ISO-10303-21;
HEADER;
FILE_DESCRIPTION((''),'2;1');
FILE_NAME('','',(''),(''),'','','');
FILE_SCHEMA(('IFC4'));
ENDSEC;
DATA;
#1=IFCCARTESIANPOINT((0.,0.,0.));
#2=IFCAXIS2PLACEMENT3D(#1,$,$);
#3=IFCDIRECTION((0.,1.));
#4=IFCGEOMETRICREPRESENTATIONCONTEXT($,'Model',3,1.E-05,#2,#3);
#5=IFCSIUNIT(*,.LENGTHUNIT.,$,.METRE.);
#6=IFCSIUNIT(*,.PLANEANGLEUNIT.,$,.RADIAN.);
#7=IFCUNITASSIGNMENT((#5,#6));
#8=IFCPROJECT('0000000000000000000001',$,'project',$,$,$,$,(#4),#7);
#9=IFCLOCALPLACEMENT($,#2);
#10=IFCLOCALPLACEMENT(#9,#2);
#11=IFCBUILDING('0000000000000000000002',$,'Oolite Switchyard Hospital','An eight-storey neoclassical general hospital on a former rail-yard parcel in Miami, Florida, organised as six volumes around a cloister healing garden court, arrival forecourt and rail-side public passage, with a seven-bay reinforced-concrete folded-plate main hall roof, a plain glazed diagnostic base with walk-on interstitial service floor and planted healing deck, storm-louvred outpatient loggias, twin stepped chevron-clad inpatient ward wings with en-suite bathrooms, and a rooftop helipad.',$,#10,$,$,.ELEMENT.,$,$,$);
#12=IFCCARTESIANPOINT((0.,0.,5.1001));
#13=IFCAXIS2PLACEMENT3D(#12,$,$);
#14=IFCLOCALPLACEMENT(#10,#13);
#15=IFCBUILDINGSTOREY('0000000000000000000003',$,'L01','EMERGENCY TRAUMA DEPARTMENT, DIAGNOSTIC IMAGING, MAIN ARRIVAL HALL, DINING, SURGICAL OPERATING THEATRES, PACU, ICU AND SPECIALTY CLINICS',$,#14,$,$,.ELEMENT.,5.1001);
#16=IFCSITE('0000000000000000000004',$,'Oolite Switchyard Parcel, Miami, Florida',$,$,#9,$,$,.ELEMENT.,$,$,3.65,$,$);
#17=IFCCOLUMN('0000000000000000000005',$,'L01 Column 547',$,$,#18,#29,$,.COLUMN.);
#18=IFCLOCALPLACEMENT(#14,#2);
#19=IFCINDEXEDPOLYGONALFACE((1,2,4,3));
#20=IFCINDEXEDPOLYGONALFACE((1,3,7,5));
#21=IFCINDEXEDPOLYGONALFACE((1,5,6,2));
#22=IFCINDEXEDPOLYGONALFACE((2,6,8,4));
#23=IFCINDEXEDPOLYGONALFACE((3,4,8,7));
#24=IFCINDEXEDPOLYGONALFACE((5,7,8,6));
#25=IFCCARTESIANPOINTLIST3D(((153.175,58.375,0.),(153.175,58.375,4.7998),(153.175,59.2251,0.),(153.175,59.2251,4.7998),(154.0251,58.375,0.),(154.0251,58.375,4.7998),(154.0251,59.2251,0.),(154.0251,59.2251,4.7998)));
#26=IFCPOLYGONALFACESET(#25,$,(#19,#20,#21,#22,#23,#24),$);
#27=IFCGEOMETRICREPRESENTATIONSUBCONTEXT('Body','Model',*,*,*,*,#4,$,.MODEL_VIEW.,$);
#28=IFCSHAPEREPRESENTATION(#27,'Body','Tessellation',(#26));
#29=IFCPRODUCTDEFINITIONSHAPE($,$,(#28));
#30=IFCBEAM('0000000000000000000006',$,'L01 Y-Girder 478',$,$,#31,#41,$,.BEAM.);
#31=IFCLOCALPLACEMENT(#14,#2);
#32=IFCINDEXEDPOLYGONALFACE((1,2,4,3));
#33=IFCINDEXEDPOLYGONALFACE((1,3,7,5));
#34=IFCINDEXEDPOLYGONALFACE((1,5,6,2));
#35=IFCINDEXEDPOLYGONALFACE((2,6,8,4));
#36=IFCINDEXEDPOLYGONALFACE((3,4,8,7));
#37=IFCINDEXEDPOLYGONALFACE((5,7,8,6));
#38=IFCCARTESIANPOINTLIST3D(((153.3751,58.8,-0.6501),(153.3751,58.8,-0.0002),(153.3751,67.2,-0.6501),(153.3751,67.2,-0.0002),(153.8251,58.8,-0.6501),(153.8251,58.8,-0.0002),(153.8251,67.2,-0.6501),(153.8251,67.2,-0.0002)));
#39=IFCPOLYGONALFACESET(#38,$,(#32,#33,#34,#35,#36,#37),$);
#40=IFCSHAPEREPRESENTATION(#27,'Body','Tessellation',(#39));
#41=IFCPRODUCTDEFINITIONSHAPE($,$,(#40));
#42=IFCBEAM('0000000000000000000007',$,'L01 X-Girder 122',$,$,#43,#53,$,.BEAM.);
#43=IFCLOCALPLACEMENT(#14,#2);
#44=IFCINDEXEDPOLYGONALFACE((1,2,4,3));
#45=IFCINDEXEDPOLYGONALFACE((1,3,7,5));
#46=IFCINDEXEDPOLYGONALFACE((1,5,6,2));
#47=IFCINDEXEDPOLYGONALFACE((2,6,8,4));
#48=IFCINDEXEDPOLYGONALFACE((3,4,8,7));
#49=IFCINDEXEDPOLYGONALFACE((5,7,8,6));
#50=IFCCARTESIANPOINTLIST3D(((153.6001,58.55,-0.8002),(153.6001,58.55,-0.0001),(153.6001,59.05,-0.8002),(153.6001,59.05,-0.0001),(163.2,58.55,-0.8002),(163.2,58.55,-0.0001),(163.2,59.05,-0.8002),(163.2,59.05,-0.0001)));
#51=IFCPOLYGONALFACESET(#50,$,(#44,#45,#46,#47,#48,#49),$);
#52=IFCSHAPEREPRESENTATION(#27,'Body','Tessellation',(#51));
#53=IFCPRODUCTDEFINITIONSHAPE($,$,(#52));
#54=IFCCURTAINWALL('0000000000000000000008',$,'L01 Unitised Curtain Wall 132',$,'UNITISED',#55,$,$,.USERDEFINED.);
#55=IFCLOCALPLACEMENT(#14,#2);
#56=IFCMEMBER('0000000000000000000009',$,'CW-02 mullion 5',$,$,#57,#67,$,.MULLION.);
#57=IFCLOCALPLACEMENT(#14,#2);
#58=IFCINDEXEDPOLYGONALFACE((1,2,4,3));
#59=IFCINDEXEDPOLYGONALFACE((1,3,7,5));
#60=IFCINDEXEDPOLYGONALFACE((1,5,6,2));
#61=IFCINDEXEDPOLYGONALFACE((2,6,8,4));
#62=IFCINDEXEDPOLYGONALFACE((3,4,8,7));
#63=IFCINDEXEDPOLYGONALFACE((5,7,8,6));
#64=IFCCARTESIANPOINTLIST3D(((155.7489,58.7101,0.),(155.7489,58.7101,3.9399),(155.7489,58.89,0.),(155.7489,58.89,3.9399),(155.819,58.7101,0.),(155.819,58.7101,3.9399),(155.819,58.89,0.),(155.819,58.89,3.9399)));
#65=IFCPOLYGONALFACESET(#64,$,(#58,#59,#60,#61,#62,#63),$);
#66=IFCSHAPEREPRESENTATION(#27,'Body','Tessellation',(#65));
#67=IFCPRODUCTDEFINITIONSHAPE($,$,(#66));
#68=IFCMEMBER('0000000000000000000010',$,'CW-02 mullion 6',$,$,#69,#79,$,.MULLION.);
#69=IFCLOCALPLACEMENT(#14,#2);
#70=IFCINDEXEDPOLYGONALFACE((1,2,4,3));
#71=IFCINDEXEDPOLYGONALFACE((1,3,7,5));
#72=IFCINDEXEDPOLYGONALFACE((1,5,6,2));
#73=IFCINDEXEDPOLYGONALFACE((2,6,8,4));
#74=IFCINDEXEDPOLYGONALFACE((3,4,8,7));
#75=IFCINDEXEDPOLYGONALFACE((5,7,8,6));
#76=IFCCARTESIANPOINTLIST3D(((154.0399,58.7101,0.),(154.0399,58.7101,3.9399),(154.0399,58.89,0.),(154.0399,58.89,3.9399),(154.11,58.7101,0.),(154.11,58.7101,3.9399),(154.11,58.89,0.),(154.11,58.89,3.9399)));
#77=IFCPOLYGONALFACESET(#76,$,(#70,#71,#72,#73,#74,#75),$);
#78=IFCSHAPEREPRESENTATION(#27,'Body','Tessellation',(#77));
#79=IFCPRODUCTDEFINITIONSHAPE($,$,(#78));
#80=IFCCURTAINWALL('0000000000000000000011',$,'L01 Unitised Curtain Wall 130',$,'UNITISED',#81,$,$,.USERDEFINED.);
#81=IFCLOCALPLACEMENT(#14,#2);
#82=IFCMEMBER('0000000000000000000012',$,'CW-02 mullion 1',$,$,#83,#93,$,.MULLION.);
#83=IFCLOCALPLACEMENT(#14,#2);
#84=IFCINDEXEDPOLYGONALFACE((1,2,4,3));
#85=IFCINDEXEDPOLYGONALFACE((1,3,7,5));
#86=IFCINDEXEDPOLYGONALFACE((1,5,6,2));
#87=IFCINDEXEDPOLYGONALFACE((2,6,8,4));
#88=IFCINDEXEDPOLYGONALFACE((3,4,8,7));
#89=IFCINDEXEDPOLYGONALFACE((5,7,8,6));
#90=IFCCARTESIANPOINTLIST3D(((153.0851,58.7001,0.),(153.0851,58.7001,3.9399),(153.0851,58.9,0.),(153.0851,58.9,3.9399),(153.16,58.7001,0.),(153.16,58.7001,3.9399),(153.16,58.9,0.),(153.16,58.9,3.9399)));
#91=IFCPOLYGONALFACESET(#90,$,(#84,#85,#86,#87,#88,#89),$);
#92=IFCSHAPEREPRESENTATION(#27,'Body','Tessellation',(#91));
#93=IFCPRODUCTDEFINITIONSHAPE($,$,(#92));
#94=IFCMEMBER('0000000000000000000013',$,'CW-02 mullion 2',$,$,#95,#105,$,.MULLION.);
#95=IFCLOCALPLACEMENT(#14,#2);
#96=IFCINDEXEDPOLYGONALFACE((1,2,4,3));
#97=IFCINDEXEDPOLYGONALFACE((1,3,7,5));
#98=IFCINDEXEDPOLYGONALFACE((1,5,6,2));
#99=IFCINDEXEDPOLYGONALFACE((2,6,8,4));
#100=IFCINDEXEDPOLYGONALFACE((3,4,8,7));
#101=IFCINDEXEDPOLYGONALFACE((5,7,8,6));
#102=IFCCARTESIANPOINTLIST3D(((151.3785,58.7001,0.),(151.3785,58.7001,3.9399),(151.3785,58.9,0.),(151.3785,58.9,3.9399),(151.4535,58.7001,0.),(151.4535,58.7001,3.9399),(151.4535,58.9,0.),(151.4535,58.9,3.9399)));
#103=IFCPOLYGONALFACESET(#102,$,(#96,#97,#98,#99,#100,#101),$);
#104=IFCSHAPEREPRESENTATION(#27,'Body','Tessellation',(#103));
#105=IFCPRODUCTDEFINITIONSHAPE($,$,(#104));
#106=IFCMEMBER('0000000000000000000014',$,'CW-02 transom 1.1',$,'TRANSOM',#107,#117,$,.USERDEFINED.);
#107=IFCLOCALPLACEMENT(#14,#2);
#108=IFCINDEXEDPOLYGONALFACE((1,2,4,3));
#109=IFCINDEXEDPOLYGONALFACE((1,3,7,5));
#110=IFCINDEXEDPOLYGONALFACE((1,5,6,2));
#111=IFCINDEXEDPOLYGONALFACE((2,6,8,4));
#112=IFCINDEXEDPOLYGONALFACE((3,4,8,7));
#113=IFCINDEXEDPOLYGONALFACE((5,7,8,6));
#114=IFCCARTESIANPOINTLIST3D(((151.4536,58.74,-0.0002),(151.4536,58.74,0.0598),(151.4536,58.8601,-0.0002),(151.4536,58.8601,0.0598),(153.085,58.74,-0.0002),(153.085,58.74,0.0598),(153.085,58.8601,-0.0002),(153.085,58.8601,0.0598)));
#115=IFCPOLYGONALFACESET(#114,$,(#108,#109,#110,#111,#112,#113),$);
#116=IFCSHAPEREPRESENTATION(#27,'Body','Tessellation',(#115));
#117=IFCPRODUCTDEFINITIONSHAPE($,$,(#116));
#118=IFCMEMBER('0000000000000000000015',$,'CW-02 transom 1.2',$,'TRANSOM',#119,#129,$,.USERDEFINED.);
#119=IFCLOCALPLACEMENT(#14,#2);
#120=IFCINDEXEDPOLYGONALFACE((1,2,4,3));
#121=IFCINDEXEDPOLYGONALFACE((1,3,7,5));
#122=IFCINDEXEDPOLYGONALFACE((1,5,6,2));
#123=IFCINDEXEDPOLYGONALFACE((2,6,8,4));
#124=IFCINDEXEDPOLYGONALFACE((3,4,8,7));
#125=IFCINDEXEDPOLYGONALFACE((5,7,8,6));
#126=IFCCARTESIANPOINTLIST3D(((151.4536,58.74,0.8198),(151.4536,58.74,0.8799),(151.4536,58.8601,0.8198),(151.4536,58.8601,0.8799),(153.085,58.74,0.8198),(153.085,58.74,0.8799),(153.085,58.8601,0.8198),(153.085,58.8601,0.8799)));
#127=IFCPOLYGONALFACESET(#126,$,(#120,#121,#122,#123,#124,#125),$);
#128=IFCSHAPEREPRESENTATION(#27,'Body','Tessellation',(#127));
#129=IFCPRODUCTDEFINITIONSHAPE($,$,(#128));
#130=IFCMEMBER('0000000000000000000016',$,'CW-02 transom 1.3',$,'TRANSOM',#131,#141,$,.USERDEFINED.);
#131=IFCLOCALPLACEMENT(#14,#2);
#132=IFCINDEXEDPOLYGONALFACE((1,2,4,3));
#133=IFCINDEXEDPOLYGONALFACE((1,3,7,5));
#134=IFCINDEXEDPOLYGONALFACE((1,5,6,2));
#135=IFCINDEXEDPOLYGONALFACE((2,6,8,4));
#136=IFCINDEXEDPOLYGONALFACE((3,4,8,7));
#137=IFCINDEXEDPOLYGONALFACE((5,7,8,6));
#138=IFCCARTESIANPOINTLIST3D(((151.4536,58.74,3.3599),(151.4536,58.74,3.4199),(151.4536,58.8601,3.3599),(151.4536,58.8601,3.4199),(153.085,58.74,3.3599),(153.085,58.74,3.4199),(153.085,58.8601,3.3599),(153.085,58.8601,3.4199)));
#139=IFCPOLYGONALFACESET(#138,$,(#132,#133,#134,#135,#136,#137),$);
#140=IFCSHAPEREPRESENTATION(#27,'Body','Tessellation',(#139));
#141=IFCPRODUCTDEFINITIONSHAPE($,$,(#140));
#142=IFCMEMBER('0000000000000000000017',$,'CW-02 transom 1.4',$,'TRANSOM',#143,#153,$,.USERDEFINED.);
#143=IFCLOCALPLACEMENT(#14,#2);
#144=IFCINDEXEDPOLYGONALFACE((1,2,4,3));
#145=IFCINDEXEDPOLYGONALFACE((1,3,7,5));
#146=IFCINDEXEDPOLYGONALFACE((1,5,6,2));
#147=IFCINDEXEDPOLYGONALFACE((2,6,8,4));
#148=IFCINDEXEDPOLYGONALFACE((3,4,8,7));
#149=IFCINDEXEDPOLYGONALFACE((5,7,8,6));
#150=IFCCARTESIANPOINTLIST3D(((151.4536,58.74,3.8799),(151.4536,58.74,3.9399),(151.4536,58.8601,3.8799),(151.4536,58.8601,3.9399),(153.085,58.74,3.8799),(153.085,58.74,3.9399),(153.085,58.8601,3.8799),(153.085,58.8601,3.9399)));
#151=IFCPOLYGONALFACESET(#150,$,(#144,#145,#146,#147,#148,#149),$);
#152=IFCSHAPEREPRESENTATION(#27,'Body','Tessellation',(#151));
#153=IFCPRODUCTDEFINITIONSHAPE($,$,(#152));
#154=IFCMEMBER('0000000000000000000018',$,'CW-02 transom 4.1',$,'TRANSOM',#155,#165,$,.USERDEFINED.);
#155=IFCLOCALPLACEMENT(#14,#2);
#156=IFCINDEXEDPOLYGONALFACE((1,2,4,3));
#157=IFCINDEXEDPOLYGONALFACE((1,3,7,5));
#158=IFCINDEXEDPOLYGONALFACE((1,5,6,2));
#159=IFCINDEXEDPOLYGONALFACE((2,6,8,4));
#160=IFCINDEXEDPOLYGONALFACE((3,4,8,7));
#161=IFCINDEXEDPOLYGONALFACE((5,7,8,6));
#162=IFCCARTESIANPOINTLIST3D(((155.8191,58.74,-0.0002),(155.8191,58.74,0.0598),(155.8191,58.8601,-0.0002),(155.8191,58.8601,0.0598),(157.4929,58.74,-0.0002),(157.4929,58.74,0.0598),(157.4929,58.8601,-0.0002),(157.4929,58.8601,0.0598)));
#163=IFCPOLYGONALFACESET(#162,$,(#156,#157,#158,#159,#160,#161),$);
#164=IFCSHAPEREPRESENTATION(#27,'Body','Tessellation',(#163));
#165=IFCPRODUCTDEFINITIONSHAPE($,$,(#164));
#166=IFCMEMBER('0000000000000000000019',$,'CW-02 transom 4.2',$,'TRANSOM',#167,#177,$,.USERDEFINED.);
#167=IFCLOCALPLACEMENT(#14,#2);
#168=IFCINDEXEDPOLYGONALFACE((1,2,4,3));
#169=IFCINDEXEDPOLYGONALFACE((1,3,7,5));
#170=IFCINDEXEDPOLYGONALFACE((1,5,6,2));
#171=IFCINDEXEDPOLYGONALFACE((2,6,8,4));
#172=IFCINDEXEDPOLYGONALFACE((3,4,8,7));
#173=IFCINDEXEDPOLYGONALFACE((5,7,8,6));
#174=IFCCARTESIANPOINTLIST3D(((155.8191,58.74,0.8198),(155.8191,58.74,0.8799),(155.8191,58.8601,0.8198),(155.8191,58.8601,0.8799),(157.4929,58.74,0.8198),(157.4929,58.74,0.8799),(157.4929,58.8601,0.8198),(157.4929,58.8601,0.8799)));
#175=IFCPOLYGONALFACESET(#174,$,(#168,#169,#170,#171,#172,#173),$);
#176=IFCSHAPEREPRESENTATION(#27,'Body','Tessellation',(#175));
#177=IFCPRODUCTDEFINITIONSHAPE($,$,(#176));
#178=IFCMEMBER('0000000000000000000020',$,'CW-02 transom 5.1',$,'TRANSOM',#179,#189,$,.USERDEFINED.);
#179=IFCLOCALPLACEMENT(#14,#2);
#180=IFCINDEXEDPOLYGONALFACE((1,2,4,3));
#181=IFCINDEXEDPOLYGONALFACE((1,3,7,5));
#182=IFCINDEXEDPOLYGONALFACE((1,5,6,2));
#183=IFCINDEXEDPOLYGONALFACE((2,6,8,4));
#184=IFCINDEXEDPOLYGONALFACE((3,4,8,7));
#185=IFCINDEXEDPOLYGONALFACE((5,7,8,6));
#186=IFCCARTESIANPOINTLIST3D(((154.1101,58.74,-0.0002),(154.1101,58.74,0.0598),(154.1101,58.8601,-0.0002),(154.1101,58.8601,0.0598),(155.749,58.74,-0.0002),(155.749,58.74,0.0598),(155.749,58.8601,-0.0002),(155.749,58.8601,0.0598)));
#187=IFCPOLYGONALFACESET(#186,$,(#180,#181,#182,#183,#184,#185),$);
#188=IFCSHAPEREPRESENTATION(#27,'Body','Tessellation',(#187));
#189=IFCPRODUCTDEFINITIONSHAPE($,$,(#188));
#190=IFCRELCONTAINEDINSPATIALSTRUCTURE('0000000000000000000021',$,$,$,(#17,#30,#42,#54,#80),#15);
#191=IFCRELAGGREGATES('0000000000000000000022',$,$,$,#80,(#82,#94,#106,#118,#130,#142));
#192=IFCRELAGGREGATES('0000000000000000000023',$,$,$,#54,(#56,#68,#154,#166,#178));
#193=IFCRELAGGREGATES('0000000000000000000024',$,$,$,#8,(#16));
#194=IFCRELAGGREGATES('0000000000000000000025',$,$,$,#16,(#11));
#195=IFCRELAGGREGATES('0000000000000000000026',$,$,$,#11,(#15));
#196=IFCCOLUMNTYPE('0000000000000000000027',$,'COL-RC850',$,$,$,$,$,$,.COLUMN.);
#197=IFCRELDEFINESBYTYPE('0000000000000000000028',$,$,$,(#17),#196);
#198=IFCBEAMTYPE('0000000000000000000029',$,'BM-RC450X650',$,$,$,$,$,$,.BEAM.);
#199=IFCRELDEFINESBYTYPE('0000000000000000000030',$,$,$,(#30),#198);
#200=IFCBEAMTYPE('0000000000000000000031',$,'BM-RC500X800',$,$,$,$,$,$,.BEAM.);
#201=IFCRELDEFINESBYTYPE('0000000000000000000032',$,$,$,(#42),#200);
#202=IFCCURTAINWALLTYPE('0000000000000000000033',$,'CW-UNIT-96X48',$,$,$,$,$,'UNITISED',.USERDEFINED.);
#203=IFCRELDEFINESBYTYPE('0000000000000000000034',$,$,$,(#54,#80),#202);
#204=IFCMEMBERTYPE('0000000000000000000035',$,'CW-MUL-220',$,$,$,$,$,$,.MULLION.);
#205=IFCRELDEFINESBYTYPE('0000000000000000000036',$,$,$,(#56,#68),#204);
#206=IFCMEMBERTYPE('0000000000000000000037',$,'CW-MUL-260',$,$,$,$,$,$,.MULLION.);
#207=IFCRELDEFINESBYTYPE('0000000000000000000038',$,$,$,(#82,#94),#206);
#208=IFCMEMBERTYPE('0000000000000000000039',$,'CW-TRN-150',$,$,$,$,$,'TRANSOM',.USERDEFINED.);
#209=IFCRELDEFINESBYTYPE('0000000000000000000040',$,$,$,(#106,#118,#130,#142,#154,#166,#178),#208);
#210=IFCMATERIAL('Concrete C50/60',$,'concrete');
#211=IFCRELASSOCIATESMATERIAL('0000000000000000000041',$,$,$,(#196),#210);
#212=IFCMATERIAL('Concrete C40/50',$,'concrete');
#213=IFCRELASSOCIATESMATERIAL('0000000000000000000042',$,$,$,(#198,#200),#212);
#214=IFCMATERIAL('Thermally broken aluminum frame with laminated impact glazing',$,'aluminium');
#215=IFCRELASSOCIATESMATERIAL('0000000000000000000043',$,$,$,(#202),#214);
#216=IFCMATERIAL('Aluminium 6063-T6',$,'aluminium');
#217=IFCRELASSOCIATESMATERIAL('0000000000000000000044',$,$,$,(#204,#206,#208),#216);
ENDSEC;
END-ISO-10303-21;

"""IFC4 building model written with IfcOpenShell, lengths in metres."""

from ifc_helpers import new_model, si_unit, direction, frame, origin, origin_2d, place, context, subcontext, project, spatial, rectangle, extrude, material, material_profile, profile_set, type_object, element, aggregate, save


model = new_model("IFC4")

# Units and contexts
model_context = context("Model", 3, precision=1e-05, world=origin(), true_north=direction((0.0, 1.0)))
body_context = subcontext(model_context, "Body", "Model", "MODEL_VIEW")
ifc_project = project(units=[si_unit("LENGTHUNIT", "METRE"), si_unit("PLANEANGLEUNIT", "RADIAN")], contexts=[model_context])

# Site, building, storey
site_placement = place(None, origin())
site = spatial("IfcSite", under=ifc_project, at=site_placement, Name="Oolite Switchyard Parcel, Miami, Florida", CompositionType="ELEMENT", RefElevation=3.65)
building_placement = place(site_placement, origin())
building = spatial("IfcBuilding", under=site, at=building_placement, Name="Oolite Switchyard Hospital", Description="An eight-storey neoclassical general hospital on a former rail-yard parcel in Miami, Florida, organised as six volumes around a cloister healing garden court, arrival forecourt and rail-side public passage, with a seven-bay reinforced-concrete folded-plate main hall roof, a plain glazed diagnostic base with walk-on interstitial service floor and planted healing deck, storm-louvred outpatient loggias, twin stepped chevron-clad inpatient ward wings with en-suite bathrooms, and a rooftop helipad.", CompositionType="ELEMENT")
storey_placement = place(building_placement, frame((0.0, 0.0, 5.1001)))
storey = spatial("IfcBuildingStorey", under=building, at=storey_placement, Name="L01", Description="EMERGENCY TRAUMA DEPARTMENT, DIAGNOSTIC IMAGING, MAIN ARRIVAL HALL, DINING, SURGICAL OPERATING THEATRES, PACU, ICU AND SPECIALTY CLINICS", CompositionType="ELEMENT", Elevation=5.1001)

# Column
ifc_material_1 = material(Name="Concrete C50/60", Category="concrete")
ifc_material_profile_1 = material_profile(ifc_material_1, rectangle(XDim=0.8501, YDim=0.8501, at=origin_2d()), Name="RC850X850")
ifc_profile_set_1 = profile_set([ifc_material_profile_1], Name="Concrete C50/60")
column_type = type_object("IfcColumnType", Name="COL-RC850", PredefinedType="COLUMN", material=ifc_profile_set_1)
column_placement = place(storey_placement, frame((153.6001, 58.8, 0.0), z_axis=(0.0, 0.0, 1.0), x_axis=(1.0, 0.0, 0.0)))
element("IfcColumn", 1, at=column_placement, inside=storey, type_object=column_type, Name="L01 Column 547", PredefinedType="COLUMN", context=body_context, shape_type="SweptSolid", body=[
    extrude(rectangle(XDim=0.8501, YDim=0.8501, at=origin_2d()), origin(), (0.0, 0.0, 1.0), 4.7998),
])

# Beams
ifc_material_2 = material(Name="Concrete C40/50", Category="concrete")
ifc_material_profile_2 = material_profile(ifc_material_2, rectangle(XDim=0.45, YDim=0.6499, at=origin_2d()), Name="RCB450X650")
ifc_profile_set_2 = profile_set([ifc_material_profile_2], Name="Concrete C40/50")
beam_type_1 = type_object("IfcBeamType", Name="BM-RC450X650", PredefinedType="BEAM", material=ifc_profile_set_2)
beam_1_placement = place(storey_placement, frame((153.6001, 58.8, -0.3252), z_axis=(0.0, 1.0, 0.0), x_axis=(-1.0, 0.0, 0.0)))
element("IfcBeam", 2, at=beam_1_placement, inside=storey, type_object=beam_type_1, Name="L01 Y-Girder 478", PredefinedType="BEAM", context=body_context, shape_type="SweptSolid", body=[
    extrude(rectangle(XDim=0.45, YDim=0.6499, at=origin_2d()), origin(), (0.0, 0.0, 1.0), 8.3999),
])
ifc_material_profile_3 = material_profile(ifc_material_2, rectangle(XDim=0.5, YDim=0.8, at=origin_2d()), Name="RCB500X800")
ifc_profile_set_3 = profile_set([ifc_material_profile_3], Name="Concrete C40/50")
beam_type_2 = type_object("IfcBeamType", Name="BM-RC500X800", PredefinedType="BEAM", material=ifc_profile_set_3)
beam_2_placement = place(storey_placement, frame((153.6001, 58.8, -0.4001), z_axis=(1.0, 0.0, 0.0), x_axis=(0.0, 1.0, 0.0)))
element("IfcBeam", 3, at=beam_2_placement, inside=storey, type_object=beam_type_2, Name="L01 X-Girder 122", PredefinedType="BEAM", context=body_context, shape_type="SweptSolid", body=[
    extrude(rectangle(XDim=0.5, YDim=0.8, at=origin_2d()), origin(), (0.0, 0.0, 1.0), 9.5999),
])

# Curtain walls, members
ifc_material_3 = material(Name="Thermally broken aluminum frame with laminated impact glazing", Category="aluminium")
curtain_wall_type = type_object("IfcCurtainWallType", Name="CW-UNIT-96X48", ElementType="UNITISED", PredefinedType="USERDEFINED", material=ifc_material_3)
curtain_wall_1_placement = place(storey_placement, origin())
curtain_wall_1 = element("IfcCurtainWall", 4, at=curtain_wall_1_placement, inside=storey, type_object=curtain_wall_type, Name="L01 Unitised Curtain Wall 132", ObjectType="UNITISED", PredefinedType="USERDEFINED")
ifc_material_4 = material(Name="Aluminium 6063-T6", Category="aluminium")
ifc_material_profile_4 = material_profile(ifc_material_4, rectangle(XDim=0.1799, YDim=0.0701, at=origin_2d()), Name="CWM70X180")
ifc_profile_set_4 = profile_set([ifc_material_profile_4], Name="Aluminium 6063-T6")
member_type_1 = type_object("IfcMemberType", Name="CW-MUL-220", PredefinedType="MULLION", material=ifc_profile_set_4)
member_1_placement = place(storey_placement, frame((155.7839, 58.8, 0.0), z_axis=(0.0, 0.0, 1.0), x_axis=(0.0, -1.0, 0.0)))
member_1 = element("IfcMember", 5, at=member_1_placement, type_object=member_type_1, Name="CW-02 mullion 5", PredefinedType="MULLION", context=body_context, shape_type="SweptSolid", body=[
    extrude(rectangle(XDim=0.1799, YDim=0.0701, at=origin_2d()), origin(), (0.0, 0.0, 1.0), 3.9399),
])
member_2_placement = place(storey_placement, frame((154.075, 58.8, 0.0), z_axis=(0.0, 0.0, 1.0), x_axis=(0.0, -1.0, 0.0)))
member_2 = element("IfcMember", 6, at=member_2_placement, type_object=member_type_1, Name="CW-02 mullion 6", PredefinedType="MULLION", context=body_context, shape_type="SweptSolid", body=[
    extrude(rectangle(XDim=0.1799, YDim=0.0701, at=origin_2d()), origin(), (0.0, 0.0, 1.0), 3.9399),
])
curtain_wall_2_placement = place(storey_placement, origin())
curtain_wall_2 = element("IfcCurtainWall", 7, at=curtain_wall_2_placement, inside=storey, type_object=curtain_wall_type, Name="L01 Unitised Curtain Wall 130", ObjectType="UNITISED", PredefinedType="USERDEFINED")
ifc_material_profile_5 = material_profile(ifc_material_4, rectangle(XDim=0.2, YDim=0.075, at=origin_2d()), Name="CWM75X200")
ifc_profile_set_5 = profile_set([ifc_material_profile_5], Name="Aluminium 6063-T6")
member_type_2 = type_object("IfcMemberType", Name="CW-MUL-260", PredefinedType="MULLION", material=ifc_profile_set_5)
member_3_placement = place(storey_placement, frame((153.1226, 58.8, 0.0), z_axis=(0.0, 0.0, 1.0), x_axis=(0.0, -1.0, 0.0)))
member_3 = element("IfcMember", 8, at=member_3_placement, type_object=member_type_2, Name="CW-02 mullion 1", PredefinedType="MULLION", context=body_context, shape_type="SweptSolid", body=[
    extrude(rectangle(XDim=0.2, YDim=0.075, at=origin_2d()), origin(), (0.0, 0.0, 1.0), 3.9399),
])
member_4_placement = place(storey_placement, frame((151.416, 58.8, 0.0), z_axis=(0.0, 0.0, 1.0), x_axis=(0.0, -1.0, 0.0)))
member_4 = element("IfcMember", 9, at=member_4_placement, type_object=member_type_2, Name="CW-02 mullion 2", PredefinedType="MULLION", context=body_context, shape_type="SweptSolid", body=[
    extrude(rectangle(XDim=0.2, YDim=0.075, at=origin_2d()), origin(), (0.0, 0.0, 1.0), 3.9399),
])
ifc_material_profile_6 = material_profile(ifc_material_4, rectangle(XDim=0.1201, YDim=0.0601, at=origin_2d()), Name="CWT60X120")
ifc_profile_set_6 = profile_set([ifc_material_profile_6], Name="Aluminium 6063-T6")
member_type_3 = type_object("IfcMemberType", Name="CW-TRN-150", ElementType="TRANSOM", PredefinedType="USERDEFINED", material=ifc_profile_set_6)
member_5_placement = place(storey_placement, frame((153.085, 58.8, 0.0298), z_axis=(-1.0, 0.0, 0.0), x_axis=(0.0, -1.0, 0.0)))
member_5 = element("IfcMember", 10, at=member_5_placement, type_object=member_type_3, Name="CW-02 transom 1.1", ObjectType="TRANSOM", PredefinedType="USERDEFINED", context=body_context, shape_type="SweptSolid", body=[
    extrude(rectangle(XDim=0.1201, YDim=0.0601, at=origin_2d()), origin(), (0.0, 0.0, 1.0), 1.6313),
])
member_6_placement = place(storey_placement, frame((153.085, 58.8, 0.8499), z_axis=(-1.0, 0.0, 0.0), x_axis=(0.0, -1.0, 0.0)))
member_6 = element("IfcMember", 11, at=member_6_placement, type_object=member_type_3, Name="CW-02 transom 1.2", ObjectType="TRANSOM", PredefinedType="USERDEFINED", context=body_context, shape_type="SweptSolid", body=[
    extrude(rectangle(XDim=0.1201, YDim=0.0601, at=origin_2d()), origin(), (0.0, 0.0, 1.0), 1.6313),
])
member_7_placement = place(storey_placement, frame((153.085, 58.8, 3.3899), z_axis=(-1.0, 0.0, 0.0), x_axis=(0.0, -1.0, 0.0)))
member_7 = element("IfcMember", 12, at=member_7_placement, type_object=member_type_3, Name="CW-02 transom 1.3", ObjectType="TRANSOM", PredefinedType="USERDEFINED", context=body_context, shape_type="SweptSolid", body=[
    extrude(rectangle(XDim=0.1201, YDim=0.0601, at=origin_2d()), origin(), (0.0, 0.0, 1.0), 1.6313),
])
member_8_placement = place(storey_placement, frame((153.085, 58.8, 3.9099), z_axis=(-1.0, 0.0, 0.0), x_axis=(0.0, -1.0, 0.0)))
member_8 = element("IfcMember", 13, at=member_8_placement, type_object=member_type_3, Name="CW-02 transom 1.4", ObjectType="TRANSOM", PredefinedType="USERDEFINED", context=body_context, shape_type="SweptSolid", body=[
    extrude(rectangle(XDim=0.1201, YDim=0.0601, at=origin_2d()), origin(), (0.0, 0.0, 1.0), 1.6313),
])

# Members
member_9_placement = place(storey_placement, frame((157.4929, 58.8, 0.0298), z_axis=(-1.0, 0.0, 0.0), x_axis=(0.0, -1.0, 0.0)))
member_9 = element("IfcMember", 14, at=member_9_placement, type_object=member_type_3, Name="CW-02 transom 4.1", ObjectType="TRANSOM", PredefinedType="USERDEFINED", context=body_context, shape_type="SweptSolid", body=[
    extrude(rectangle(XDim=0.1201, YDim=0.0601, at=origin_2d()), origin(), (0.0, 0.0, 1.0), 1.6738),
])
member_10_placement = place(storey_placement, frame((157.4929, 58.8, 0.8499), z_axis=(-1.0, 0.0, 0.0), x_axis=(0.0, -1.0, 0.0)))
member_10 = element("IfcMember", 15, at=member_10_placement, type_object=member_type_3, Name="CW-02 transom 4.2", ObjectType="TRANSOM", PredefinedType="USERDEFINED", context=body_context, shape_type="SweptSolid", body=[
    extrude(rectangle(XDim=0.1201, YDim=0.0601, at=origin_2d()), origin(), (0.0, 0.0, 1.0), 1.6738),
])
member_11_placement = place(storey_placement, frame((155.749, 58.8, 0.0298), z_axis=(-1.0, 0.0, 0.0), x_axis=(0.0, -1.0, 0.0)))
member_11 = element("IfcMember", 16, at=member_11_placement, type_object=member_type_3, Name="CW-02 transom 5.1", ObjectType="TRANSOM", PredefinedType="USERDEFINED", context=body_context, shape_type="SweptSolid", body=[
    extrude(rectangle(XDim=0.1201, YDim=0.0601, at=origin_2d()), origin(), (0.0, 0.0, 1.0), 1.6389),
])

aggregate(curtain_wall_2, [member_3, member_4, member_5, member_6, member_7, member_8])
aggregate(curtain_wall_1, [member_1, member_2, member_9, member_10, member_11])

save(model, "model.ifc")
